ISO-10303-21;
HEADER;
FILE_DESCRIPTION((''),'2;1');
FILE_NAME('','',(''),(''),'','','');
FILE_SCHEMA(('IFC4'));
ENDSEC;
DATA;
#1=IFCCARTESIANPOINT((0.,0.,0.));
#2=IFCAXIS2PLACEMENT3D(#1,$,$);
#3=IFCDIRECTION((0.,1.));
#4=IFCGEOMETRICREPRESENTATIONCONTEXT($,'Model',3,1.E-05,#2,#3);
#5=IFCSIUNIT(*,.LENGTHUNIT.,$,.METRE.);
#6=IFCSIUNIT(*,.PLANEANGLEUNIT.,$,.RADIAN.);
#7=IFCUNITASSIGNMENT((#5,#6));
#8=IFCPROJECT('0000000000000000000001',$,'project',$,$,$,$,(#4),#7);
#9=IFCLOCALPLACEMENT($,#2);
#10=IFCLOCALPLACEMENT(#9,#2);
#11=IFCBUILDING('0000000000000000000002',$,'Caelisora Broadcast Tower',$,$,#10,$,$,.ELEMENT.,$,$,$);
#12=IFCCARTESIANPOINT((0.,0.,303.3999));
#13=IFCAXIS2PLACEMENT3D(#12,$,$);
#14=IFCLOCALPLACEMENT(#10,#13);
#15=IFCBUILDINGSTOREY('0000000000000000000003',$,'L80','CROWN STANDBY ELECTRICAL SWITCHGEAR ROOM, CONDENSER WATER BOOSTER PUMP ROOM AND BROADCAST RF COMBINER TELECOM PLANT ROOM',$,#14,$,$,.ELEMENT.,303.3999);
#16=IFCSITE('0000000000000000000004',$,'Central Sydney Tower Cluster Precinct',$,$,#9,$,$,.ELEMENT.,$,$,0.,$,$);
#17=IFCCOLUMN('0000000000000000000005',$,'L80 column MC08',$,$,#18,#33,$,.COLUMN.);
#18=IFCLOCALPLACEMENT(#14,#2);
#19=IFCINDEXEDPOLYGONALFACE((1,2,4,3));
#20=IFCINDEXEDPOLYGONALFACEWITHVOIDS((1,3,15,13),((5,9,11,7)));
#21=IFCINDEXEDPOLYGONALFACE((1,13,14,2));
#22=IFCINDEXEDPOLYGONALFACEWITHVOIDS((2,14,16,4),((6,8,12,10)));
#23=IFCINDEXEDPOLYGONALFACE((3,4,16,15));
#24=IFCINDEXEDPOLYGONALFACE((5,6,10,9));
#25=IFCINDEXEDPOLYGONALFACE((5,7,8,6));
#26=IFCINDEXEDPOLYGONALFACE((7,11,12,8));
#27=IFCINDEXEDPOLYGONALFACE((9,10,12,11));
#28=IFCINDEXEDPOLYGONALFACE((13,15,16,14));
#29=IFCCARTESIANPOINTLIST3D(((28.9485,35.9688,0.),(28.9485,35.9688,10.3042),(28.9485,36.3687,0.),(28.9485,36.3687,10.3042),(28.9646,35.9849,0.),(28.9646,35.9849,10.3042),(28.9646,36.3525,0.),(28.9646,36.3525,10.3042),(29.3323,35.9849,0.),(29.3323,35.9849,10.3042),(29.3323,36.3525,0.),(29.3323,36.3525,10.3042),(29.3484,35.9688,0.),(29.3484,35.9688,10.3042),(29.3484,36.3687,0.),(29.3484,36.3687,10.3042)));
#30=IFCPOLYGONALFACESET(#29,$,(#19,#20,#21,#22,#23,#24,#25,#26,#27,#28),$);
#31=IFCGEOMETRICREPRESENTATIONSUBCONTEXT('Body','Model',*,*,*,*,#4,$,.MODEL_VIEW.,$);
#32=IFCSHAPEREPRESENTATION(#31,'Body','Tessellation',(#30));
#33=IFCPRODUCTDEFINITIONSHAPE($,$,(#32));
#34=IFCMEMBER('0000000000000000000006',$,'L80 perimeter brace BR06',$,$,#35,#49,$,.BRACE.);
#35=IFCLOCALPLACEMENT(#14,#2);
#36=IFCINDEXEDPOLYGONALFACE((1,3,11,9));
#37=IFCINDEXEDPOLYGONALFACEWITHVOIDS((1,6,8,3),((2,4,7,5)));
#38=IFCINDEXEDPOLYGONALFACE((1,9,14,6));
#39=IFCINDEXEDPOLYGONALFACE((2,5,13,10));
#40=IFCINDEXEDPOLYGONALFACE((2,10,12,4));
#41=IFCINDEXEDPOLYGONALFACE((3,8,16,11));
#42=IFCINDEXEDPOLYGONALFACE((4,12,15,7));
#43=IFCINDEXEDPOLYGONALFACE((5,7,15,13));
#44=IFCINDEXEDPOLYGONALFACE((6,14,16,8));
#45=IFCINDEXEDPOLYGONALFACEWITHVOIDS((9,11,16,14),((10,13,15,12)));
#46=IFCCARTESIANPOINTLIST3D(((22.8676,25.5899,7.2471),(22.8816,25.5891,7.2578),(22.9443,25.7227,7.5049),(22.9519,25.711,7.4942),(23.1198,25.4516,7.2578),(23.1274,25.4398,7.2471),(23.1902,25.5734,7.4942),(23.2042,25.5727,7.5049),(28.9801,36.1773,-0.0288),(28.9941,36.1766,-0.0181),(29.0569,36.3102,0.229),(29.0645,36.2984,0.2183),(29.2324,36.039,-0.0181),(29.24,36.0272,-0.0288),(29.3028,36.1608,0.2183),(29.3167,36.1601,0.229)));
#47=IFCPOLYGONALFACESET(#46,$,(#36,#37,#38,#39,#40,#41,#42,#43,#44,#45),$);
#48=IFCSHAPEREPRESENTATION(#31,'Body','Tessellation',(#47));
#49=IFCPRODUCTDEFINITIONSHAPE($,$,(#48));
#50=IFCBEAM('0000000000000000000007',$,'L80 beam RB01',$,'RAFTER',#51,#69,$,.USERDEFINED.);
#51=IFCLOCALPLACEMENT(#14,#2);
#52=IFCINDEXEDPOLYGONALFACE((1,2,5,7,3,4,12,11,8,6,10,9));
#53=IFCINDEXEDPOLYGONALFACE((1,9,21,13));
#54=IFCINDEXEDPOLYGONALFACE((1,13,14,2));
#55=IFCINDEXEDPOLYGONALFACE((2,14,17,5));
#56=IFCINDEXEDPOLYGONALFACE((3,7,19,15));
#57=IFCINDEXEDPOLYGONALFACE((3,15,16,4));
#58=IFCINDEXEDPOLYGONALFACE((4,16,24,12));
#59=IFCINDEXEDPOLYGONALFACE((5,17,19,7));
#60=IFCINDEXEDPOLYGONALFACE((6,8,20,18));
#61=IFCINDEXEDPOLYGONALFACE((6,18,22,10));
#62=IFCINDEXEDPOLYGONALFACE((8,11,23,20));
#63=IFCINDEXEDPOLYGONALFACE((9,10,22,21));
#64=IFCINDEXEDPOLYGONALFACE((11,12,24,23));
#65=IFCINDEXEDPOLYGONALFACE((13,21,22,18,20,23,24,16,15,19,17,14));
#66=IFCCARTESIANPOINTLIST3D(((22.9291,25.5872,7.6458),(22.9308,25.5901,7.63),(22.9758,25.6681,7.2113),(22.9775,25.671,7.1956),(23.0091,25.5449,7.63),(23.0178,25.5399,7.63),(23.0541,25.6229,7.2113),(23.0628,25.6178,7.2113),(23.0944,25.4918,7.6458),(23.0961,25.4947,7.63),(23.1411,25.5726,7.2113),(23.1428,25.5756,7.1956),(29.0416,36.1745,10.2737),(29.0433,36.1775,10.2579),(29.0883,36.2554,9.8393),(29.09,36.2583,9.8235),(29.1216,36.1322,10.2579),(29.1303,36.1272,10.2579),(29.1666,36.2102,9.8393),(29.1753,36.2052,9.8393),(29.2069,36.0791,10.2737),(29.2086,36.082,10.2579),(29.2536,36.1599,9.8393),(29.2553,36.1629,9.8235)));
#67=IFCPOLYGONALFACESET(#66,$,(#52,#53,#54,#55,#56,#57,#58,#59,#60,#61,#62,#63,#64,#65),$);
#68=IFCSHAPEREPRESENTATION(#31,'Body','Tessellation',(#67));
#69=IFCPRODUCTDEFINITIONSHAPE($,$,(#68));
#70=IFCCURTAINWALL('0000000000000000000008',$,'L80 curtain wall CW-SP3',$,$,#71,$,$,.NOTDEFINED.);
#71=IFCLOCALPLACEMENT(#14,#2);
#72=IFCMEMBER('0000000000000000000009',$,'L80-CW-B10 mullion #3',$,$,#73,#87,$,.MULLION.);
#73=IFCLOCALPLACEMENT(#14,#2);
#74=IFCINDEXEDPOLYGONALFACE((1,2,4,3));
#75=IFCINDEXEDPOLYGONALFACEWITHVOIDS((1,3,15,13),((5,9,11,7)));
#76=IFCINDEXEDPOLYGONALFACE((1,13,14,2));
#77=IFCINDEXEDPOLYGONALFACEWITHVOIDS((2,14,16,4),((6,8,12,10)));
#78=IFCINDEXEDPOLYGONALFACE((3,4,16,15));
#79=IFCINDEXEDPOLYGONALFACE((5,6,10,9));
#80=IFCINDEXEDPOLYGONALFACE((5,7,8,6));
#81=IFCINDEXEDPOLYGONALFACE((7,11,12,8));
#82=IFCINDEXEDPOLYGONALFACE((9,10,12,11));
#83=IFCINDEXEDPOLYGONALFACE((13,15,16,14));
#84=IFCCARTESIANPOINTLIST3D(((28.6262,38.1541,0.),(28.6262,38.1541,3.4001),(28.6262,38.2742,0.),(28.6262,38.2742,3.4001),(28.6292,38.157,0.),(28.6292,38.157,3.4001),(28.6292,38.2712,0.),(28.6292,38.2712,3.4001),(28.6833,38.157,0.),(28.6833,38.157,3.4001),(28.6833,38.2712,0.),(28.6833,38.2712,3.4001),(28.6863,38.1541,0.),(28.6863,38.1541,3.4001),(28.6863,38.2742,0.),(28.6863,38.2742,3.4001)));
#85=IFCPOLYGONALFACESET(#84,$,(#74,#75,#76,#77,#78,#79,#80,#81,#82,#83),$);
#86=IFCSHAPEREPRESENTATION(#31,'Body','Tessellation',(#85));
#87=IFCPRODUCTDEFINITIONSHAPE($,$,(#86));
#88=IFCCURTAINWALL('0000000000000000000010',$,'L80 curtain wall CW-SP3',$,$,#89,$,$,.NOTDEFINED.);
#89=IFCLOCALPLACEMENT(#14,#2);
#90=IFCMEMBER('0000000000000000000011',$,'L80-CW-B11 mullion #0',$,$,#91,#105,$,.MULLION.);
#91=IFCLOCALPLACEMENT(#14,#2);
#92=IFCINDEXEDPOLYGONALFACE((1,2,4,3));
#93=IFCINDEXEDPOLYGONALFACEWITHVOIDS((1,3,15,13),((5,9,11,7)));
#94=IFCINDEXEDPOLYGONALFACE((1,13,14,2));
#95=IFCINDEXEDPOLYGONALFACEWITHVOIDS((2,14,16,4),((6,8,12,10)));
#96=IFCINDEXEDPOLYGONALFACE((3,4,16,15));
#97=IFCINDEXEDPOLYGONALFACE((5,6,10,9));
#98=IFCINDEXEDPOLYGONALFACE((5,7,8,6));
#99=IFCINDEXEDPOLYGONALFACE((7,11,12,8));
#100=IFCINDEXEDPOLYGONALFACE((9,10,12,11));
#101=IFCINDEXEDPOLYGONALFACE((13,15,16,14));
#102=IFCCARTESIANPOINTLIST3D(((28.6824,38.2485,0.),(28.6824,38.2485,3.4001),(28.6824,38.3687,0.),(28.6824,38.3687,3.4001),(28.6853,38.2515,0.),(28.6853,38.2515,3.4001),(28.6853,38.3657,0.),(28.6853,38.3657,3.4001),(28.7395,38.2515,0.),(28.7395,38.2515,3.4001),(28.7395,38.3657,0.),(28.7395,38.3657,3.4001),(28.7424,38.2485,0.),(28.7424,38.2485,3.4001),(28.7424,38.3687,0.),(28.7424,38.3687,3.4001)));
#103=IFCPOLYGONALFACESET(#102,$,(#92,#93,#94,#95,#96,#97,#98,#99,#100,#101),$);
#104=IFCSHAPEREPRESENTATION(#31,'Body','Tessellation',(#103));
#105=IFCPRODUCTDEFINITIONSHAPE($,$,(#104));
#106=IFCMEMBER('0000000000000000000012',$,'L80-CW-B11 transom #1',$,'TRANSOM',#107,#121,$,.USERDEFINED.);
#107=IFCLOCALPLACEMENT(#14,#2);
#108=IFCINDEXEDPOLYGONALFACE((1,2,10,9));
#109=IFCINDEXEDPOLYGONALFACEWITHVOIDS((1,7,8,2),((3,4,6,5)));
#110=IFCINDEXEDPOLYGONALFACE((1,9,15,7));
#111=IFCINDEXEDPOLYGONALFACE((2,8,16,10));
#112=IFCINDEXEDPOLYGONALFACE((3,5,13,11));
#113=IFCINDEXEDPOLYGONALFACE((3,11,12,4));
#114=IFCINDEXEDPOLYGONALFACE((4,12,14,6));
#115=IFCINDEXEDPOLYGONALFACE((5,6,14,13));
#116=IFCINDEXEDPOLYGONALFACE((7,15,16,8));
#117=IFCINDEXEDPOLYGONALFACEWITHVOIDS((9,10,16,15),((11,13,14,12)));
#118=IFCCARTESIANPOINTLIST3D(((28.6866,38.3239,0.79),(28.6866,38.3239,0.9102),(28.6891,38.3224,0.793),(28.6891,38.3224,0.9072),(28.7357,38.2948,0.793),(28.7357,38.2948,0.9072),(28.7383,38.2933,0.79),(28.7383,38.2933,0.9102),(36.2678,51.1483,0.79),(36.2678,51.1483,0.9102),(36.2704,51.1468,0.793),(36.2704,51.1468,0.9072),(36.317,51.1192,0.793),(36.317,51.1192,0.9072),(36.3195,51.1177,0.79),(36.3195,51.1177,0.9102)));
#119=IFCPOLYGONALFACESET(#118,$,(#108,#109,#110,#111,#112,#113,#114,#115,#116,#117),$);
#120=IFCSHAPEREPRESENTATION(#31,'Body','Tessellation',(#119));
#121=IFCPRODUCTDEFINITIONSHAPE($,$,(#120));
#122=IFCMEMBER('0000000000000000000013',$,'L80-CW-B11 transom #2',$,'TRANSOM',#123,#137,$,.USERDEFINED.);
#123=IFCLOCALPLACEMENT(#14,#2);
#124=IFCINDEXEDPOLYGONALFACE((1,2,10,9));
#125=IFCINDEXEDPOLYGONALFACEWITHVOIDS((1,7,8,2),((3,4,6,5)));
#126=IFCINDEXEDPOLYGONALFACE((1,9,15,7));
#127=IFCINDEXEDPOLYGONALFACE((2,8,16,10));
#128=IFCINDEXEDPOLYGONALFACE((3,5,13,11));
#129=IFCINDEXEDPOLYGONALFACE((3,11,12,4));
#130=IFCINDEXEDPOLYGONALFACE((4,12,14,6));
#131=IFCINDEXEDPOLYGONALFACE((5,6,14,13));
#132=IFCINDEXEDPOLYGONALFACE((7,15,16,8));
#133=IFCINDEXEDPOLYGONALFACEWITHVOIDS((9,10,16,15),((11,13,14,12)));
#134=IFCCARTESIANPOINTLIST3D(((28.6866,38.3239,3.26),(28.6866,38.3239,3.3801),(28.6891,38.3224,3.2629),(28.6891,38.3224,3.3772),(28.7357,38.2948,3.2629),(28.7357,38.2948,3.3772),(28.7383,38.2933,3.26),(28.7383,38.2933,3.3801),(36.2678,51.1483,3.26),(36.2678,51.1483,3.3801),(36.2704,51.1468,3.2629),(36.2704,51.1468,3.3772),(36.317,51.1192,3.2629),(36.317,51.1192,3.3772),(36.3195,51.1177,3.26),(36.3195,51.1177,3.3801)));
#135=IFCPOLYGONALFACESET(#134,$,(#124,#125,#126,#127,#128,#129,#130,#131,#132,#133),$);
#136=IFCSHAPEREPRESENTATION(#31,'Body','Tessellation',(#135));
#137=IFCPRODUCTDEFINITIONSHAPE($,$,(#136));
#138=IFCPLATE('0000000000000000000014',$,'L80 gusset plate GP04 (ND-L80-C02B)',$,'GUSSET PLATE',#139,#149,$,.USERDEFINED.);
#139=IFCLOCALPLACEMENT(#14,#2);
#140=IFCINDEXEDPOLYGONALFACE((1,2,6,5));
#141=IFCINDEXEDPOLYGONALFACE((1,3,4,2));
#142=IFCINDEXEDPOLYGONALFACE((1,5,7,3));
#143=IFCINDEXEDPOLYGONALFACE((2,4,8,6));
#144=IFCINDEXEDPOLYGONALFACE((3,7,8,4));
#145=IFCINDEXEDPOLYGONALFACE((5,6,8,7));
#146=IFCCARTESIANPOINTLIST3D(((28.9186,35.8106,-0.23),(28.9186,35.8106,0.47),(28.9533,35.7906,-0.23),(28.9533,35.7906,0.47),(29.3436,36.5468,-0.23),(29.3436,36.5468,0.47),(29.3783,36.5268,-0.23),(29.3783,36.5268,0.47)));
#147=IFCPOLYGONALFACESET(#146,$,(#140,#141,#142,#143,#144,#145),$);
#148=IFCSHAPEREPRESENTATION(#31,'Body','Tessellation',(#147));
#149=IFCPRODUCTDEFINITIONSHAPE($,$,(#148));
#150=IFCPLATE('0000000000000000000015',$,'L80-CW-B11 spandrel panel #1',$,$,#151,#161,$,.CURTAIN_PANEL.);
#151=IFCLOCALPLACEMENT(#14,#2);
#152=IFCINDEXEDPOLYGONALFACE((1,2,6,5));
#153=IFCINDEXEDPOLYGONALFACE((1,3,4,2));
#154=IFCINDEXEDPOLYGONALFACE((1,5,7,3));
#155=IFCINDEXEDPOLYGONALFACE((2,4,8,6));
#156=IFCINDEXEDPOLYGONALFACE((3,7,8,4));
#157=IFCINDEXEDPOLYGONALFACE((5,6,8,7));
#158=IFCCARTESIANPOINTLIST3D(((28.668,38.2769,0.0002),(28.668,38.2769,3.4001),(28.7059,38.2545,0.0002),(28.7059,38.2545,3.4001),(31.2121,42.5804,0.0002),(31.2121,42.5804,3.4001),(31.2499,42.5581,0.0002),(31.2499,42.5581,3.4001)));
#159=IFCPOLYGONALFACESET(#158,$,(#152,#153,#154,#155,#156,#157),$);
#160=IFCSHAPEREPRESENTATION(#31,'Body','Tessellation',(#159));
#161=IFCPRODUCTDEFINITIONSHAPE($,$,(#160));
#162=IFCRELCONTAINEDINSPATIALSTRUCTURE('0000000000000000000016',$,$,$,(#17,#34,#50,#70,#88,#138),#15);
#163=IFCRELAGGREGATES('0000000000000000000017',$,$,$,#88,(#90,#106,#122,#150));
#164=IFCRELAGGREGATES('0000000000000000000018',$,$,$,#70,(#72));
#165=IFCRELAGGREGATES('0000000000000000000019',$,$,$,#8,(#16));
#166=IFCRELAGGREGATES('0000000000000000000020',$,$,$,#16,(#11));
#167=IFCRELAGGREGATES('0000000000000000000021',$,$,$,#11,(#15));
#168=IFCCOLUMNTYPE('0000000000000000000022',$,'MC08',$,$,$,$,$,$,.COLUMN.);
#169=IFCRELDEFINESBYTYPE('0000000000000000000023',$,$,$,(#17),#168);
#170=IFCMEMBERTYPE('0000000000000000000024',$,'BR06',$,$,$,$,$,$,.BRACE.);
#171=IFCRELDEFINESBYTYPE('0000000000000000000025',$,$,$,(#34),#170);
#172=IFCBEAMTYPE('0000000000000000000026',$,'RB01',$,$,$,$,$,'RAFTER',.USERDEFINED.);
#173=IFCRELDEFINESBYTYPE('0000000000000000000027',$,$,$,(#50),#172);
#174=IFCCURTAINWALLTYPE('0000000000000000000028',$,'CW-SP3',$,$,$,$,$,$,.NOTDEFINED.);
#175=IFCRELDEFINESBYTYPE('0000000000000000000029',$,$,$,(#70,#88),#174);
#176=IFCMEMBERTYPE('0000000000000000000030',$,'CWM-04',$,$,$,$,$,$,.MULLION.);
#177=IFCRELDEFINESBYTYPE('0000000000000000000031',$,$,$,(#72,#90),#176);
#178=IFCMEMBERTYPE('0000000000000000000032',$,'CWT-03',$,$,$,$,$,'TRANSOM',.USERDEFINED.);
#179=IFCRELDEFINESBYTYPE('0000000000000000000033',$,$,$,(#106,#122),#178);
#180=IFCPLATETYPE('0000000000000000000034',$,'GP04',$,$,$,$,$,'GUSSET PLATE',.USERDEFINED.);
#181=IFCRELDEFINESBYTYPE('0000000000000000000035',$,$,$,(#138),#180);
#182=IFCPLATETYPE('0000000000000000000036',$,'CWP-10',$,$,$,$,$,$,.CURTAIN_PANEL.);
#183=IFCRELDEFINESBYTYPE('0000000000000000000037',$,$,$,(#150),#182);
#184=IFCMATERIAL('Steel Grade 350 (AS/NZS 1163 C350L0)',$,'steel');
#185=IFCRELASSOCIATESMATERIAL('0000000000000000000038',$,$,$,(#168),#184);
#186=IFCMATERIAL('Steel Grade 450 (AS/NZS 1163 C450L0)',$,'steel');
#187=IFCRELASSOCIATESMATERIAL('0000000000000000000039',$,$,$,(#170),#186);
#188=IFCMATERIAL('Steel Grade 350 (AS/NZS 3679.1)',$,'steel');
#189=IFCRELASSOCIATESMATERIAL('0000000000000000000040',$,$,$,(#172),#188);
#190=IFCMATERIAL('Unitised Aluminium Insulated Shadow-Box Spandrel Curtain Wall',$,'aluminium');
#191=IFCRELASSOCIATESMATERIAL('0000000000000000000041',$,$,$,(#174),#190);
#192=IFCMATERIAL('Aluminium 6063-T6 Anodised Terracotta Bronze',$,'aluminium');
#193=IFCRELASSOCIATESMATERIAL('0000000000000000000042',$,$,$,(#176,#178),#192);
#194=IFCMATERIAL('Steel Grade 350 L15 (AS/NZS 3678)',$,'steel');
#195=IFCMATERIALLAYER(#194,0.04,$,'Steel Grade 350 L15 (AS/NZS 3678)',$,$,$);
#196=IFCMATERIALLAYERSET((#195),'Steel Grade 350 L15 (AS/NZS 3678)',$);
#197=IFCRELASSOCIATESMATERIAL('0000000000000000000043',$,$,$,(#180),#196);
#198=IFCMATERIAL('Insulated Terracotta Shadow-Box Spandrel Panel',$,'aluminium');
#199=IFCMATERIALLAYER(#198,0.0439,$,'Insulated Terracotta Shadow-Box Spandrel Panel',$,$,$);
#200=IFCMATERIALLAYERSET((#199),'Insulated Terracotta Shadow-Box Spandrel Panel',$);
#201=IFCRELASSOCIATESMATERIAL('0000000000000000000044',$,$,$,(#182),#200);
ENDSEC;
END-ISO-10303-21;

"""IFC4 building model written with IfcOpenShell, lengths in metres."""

from ifc_helpers import new_model, si_unit, direction, frame, origin, origin_2d, place, context, subcontext, project, spatial, rectangle, hollow_rectangle, i_section, extrude, source, transform, mapped, material, layer, layer_set, material_profile, profile_set, type_object, type_shapes, element, aggregate, save


model = new_model("IFC4")

# Units and contexts
model_context = context("Model", 3, precision=1e-05, world=origin(), true_north=direction((0.0, 1.0)))
body_context = subcontext(model_context, "Body", "Model", "MODEL_VIEW")
ifc_project = project(units=[si_unit("LENGTHUNIT", "METRE"), si_unit("PLANEANGLEUNIT", "RADIAN")], contexts=[model_context])

# Site, building, storey
site_placement = place(None, origin())
site = spatial("IfcSite", under=ifc_project, at=site_placement, Name="Central Sydney Tower Cluster Precinct", CompositionType="ELEMENT", RefElevation=0.0)
building_placement = place(site_placement, origin())
building = spatial("IfcBuilding", under=site, at=building_placement, Name="Caelisora Broadcast Tower", CompositionType="ELEMENT")
storey_placement = place(building_placement, frame((0.0, 0.0, 303.3999)))
storey = spatial("IfcBuildingStorey", under=building, at=storey_placement, Name="L80", Description="CROWN STANDBY ELECTRICAL SWITCHGEAR ROOM, CONDENSER WATER BOOSTER PUMP ROOM AND BROADCAST RF COMBINER TELECOM PLANT ROOM", CompositionType="ELEMENT", Elevation=303.3999)

# Column
ifc_material_1 = material(Name="Steel Grade 350 (AS/NZS 1163 C350L0)", Category="steel")
ifc_material_profile_1 = material_profile(ifc_material_1, hollow_rectangle(XDim=0.3999, YDim=0.3999, WallThickness=0.0161, at=origin_2d()), Name="Steel Grade 350 (AS/NZS 1163 C350L0)")
ifc_profile_set_1 = profile_set([ifc_material_profile_1], Name="Steel Grade 350 (AS/NZS 1163 C350L0)")
column_type = type_object("IfcColumnType", Name="MC08", PredefinedType="COLUMN", material=ifc_profile_set_1)
shared_shape_1 = source(origin(), body_context, "Body", "SweptSolid", [
    extrude(hollow_rectangle(XDim=0.3999, YDim=0.3999, WallThickness=0.0161, at=origin_2d()), origin(), (0.0, 0.0, 1.0), 10.3042),
])
type_shapes(column_type, [shared_shape_1])
column_placement = place(storey_placement, frame((29.1484, 36.1687, 0.0), z_axis=(0.0, 0.0, 1.0), x_axis=(1.0, 0.0, 0.0)))
element("IfcColumn", 1, at=column_placement, inside=storey, type_object=column_type, Name="L80 column MC08", PredefinedType="COLUMN", context=body_context, shape_type="MappedRepresentation", body=[
    mapped(shared_shape_1, transform((0.0, 0.0, 0.0), scale=1.0)),
])

# Member
ifc_material_2 = material(Name="Steel Grade 450 (AS/NZS 1163 C450L0)", Category="steel")
ifc_material_profile_2 = material_profile(ifc_material_2, hollow_rectangle(XDim=0.3, YDim=0.3, WallThickness=0.0125, at=origin_2d()), Name="Steel Grade 450 (AS/NZS 1163 C450L0)")
ifc_profile_set_2 = profile_set([ifc_material_profile_2], Name="Steel Grade 450 (AS/NZS 1163 C450L0)")
member_type_1 = type_object("IfcMemberType", Name="BR06", PredefinedType="BRACE", material=ifc_profile_set_2)
shared_shape_2 = source(origin(), body_context, "Body", "SweptSolid", [
    extrude(hollow_rectangle(XDim=0.3, YDim=0.3, WallThickness=0.0125, at=origin_2d()), origin(), (0.0, 0.0, 1.0), 14.2266),
])
type_shapes(member_type_1, [shared_shape_2])
member_1_placement = place(storey_placement, frame((29.1484, 36.1687, 0.1001), z_axis=(-0.429658, -0.7442, 0.51143), x_axis=(0.866029, -0.499994, 0.0)))
element("IfcMember", 2, at=member_1_placement, inside=storey, type_object=member_type_1, Name="L80 perimeter brace BR06", PredefinedType="BRACE", context=body_context, shape_type="MappedRepresentation", body=[
    mapped(shared_shape_2, transform((0.0, 0.0, 0.0), scale=1.0)),
])

# Beam
ifc_material_3 = material(Name="Steel Grade 350 (AS/NZS 3679.1)", Category="steel")
ifc_material_profile_3 = material_profile(ifc_material_3, i_section(OverallWidth=0.1909, OverallDepth=0.4604, WebThickness=0.01, FlangeThickness=0.0161, at=origin_2d()), Name="Steel Grade 350 (AS/NZS 3679.1)")
ifc_profile_set_3 = profile_set([ifc_material_profile_3], Name="Steel Grade 350 (AS/NZS 3679.1)")
beam_type = type_object("IfcBeamType", Name="RB01", ElementType="RAFTER", PredefinedType="USERDEFINED", material=ifc_profile_set_3)
shared_shape_3 = source(origin(), body_context, "Body", "SweptSolid", [
    extrude(i_section(OverallWidth=0.1909, OverallDepth=0.4604, WebThickness=0.01, FlangeThickness=0.0161, at=origin_2d()), origin(), (0.0, 0.0, 1.0), 12.5044),
])
type_shapes(beam_type, [shared_shape_3])
beam_placement = place(storey_placement, frame((29.1484, 36.1687, 10.0486), z_axis=(-0.488828, -0.846688, -0.210159), x_axis=(0.866029, -0.499994, 0.0)))
element("IfcBeam", 3, at=beam_placement, inside=storey, type_object=beam_type, Name="L80 beam RB01", ObjectType="RAFTER", PredefinedType="USERDEFINED", context=body_context, shape_type="MappedRepresentation", body=[
    mapped(shared_shape_3, transform((0.0, 0.0, 0.0), scale=1.0)),
])

# Curtain wall, member
ifc_material_4 = material(Name="Unitised Aluminium Insulated Shadow-Box Spandrel Curtain Wall", Category="aluminium")
curtain_wall_type = type_object("IfcCurtainWallType", Name="CW-SP3", PredefinedType="NOTDEFINED", material=ifc_material_4)
curtain_wall_1_placement = place(storey_placement, origin())
curtain_wall_1 = element("IfcCurtainWall", 4, at=curtain_wall_1_placement, inside=storey, type_object=curtain_wall_type, Name="L80 curtain wall CW-SP3", PredefinedType="NOTDEFINED")
ifc_material_5 = material(Name="Aluminium 6063-T6 Anodised Terracotta Bronze", Category="aluminium")
ifc_material_profile_4 = material_profile(ifc_material_5, hollow_rectangle(XDim=0.0601, YDim=0.1201, WallThickness=0.0029, at=origin_2d()), Name="Aluminium 6063-T6 Anodised Terracotta Bronze")
ifc_profile_set_4 = profile_set([ifc_material_profile_4], Name="Aluminium 6063-T6 Anodised Terracotta Bronze")
member_type_2 = type_object("IfcMemberType", Name="CWM-04", PredefinedType="MULLION", material=ifc_profile_set_4)
shared_shape_4 = source(origin(), body_context, "Body", "SweptSolid", [
    extrude(hollow_rectangle(XDim=0.0601, YDim=0.1201, WallThickness=0.0029, at=origin_2d()), origin(), (0.0, 0.0, 1.0), 3.4001),
])
type_shapes(member_type_2, [shared_shape_4])
member_2_placement = place(storey_placement, frame((28.6562, 38.2141, 0.0), z_axis=(0.0, 0.0, 1.0), x_axis=(1.0, 0.0, 0.0)))
member_2 = element("IfcMember", 5, at=member_2_placement, type_object=member_type_2, Name="L80-CW-B10 mullion #3", PredefinedType="MULLION", context=body_context, shape_type="MappedRepresentation", body=[
    mapped(shared_shape_4, transform((0.0, 0.0, 0.0), scale=1.0)),
])

# Curtain wall, members
curtain_wall_2_placement = place(storey_placement, origin())
curtain_wall_2 = element("IfcCurtainWall", 6, at=curtain_wall_2_placement, inside=storey, type_object=curtain_wall_type, Name="L80 curtain wall CW-SP3", PredefinedType="NOTDEFINED")
member_3_placement = place(storey_placement, frame((28.7124, 38.3086, 0.0), z_axis=(0.0, 0.0, 1.0), x_axis=(1.0, 0.0, 0.0)))
member_3 = element("IfcMember", 7, at=member_3_placement, type_object=member_type_2, Name="L80-CW-B11 mullion #0", PredefinedType="MULLION", context=body_context, shape_type="MappedRepresentation", body=[
    mapped(shared_shape_4, transform((0.0, 0.0, 0.0), scale=1.0)),
])
ifc_material_profile_5 = material_profile(ifc_material_5, hollow_rectangle(XDim=0.0601, YDim=0.1201, WallThickness=0.0029, at=origin_2d()), Name="Aluminium 6063-T6 Anodised Terracotta Bronze")
ifc_profile_set_5 = profile_set([ifc_material_profile_5], Name="Aluminium 6063-T6 Anodised Terracotta Bronze")
member_type_3 = type_object("IfcMemberType", Name="CWT-03", ElementType="TRANSOM", PredefinedType="USERDEFINED", material=ifc_profile_set_5)
shared_shape_5 = source(origin(), body_context, "Body", "SweptSolid", [
    extrude(hollow_rectangle(XDim=0.0601, YDim=0.1201, WallThickness=0.0029, at=origin_2d()), origin(), (0.0, 0.0, 1.0), 14.8977),
])
type_shapes(member_type_3, [shared_shape_5])
member_4_placement = place(storey_placement, frame((28.7124, 38.3086, 0.8501), z_axis=(0.508889, 0.860832, 0.0), x_axis=(-0.860832, 0.508889, 0.0)))
member_4 = element("IfcMember", 8, at=member_4_placement, type_object=member_type_3, Name="L80-CW-B11 transom #1", ObjectType="TRANSOM", PredefinedType="USERDEFINED", context=body_context, shape_type="MappedRepresentation", body=[
    mapped(shared_shape_5, transform((0.0, 0.0, 0.0), scale=1.0)),
])
member_5_placement = place(storey_placement, frame((28.7124, 38.3086, 3.3201), z_axis=(0.508889, 0.860832, 0.0), x_axis=(-0.860832, 0.508889, 0.0)))
member_5 = element("IfcMember", 9, at=member_5_placement, type_object=member_type_3, Name="L80-CW-B11 transom #2", ObjectType="TRANSOM", PredefinedType="USERDEFINED", context=body_context, shape_type="MappedRepresentation", body=[
    mapped(shared_shape_5, transform((0.0, 0.0, 0.0), scale=1.0)),
])

# Plates
ifc_material_6 = material(Name="Steel Grade 350 L15 (AS/NZS 3678)", Category="steel")
ifc_layer_1 = layer(ifc_material_6, 0.04, Name="Steel Grade 350 L15 (AS/NZS 3678)")
ifc_layer_set_1 = layer_set([ifc_layer_1], Name="Steel Grade 350 L15 (AS/NZS 3678)")
plate_type_1 = type_object("IfcPlateType", Name="GP04", ElementType="GUSSET PLATE", PredefinedType="USERDEFINED", material=ifc_layer_set_1)
shared_shape_6 = source(origin(), body_context, "Body", "SweptSolid", [
    extrude(rectangle(XDim=0.8501, YDim=0.04, at=origin_2d()), origin(), (0.0, 0.0, 1.0), 0.7),
])
type_shapes(plate_type_1, [shared_shape_6])
plate_1_placement = place(storey_placement, frame((29.1484, 36.1687, -0.23), z_axis=(0.0, 0.0, 1.0), x_axis=(-0.5, -0.866025, 0.0)))
element("IfcPlate", 10, at=plate_1_placement, inside=storey, type_object=plate_type_1, Name="L80 gusset plate GP04 (ND-L80-C02B)", ObjectType="GUSSET PLATE", PredefinedType="USERDEFINED", context=body_context, shape_type="MappedRepresentation", body=[
    mapped(shared_shape_6, transform((0.0, 0.0, 0.0), scale=1.0)),
])
ifc_material_7 = material(Name="Insulated Terracotta Shadow-Box Spandrel Panel", Category="aluminium")
ifc_layer_2 = layer(ifc_material_7, 0.0439, Name="Insulated Terracotta Shadow-Box Spandrel Panel")
ifc_layer_set_2 = layer_set([ifc_layer_2], Name="Insulated Terracotta Shadow-Box Spandrel Panel")
plate_type_2 = type_object("IfcPlateType", Name="CWP-10", PredefinedType="CURTAIN_PANEL", material=ifc_layer_set_2)
shared_shape_7 = source(origin(), body_context, "Body", "SweptSolid", [
    extrude(rectangle(XDim=4.9993, YDim=0.0439, at=origin_2d()), origin(), (0.0, 0.0, 1.0), 3.3999),
])
plate_2_placement = place(storey_placement, frame((29.959, 40.4175, 0.0002), z_axis=(0.0, 0.0, 1.0), x_axis=(0.508891, 0.860831, 0.0)))
plate_2 = element("IfcPlate", 11, at=plate_2_placement, type_object=plate_type_2, Name="L80-CW-B11 spandrel panel #1", PredefinedType="CURTAIN_PANEL", context=body_context, shape_type="MappedRepresentation", body=[
    mapped(shared_shape_7, transform((0.0, 0.0, 0.0), scale=1.0)),
])
aggregate(curtain_wall_2, [member_3, member_4, member_5, plate_2])
aggregate(curtain_wall_1, [member_2])

save(model, "model.ifc")
